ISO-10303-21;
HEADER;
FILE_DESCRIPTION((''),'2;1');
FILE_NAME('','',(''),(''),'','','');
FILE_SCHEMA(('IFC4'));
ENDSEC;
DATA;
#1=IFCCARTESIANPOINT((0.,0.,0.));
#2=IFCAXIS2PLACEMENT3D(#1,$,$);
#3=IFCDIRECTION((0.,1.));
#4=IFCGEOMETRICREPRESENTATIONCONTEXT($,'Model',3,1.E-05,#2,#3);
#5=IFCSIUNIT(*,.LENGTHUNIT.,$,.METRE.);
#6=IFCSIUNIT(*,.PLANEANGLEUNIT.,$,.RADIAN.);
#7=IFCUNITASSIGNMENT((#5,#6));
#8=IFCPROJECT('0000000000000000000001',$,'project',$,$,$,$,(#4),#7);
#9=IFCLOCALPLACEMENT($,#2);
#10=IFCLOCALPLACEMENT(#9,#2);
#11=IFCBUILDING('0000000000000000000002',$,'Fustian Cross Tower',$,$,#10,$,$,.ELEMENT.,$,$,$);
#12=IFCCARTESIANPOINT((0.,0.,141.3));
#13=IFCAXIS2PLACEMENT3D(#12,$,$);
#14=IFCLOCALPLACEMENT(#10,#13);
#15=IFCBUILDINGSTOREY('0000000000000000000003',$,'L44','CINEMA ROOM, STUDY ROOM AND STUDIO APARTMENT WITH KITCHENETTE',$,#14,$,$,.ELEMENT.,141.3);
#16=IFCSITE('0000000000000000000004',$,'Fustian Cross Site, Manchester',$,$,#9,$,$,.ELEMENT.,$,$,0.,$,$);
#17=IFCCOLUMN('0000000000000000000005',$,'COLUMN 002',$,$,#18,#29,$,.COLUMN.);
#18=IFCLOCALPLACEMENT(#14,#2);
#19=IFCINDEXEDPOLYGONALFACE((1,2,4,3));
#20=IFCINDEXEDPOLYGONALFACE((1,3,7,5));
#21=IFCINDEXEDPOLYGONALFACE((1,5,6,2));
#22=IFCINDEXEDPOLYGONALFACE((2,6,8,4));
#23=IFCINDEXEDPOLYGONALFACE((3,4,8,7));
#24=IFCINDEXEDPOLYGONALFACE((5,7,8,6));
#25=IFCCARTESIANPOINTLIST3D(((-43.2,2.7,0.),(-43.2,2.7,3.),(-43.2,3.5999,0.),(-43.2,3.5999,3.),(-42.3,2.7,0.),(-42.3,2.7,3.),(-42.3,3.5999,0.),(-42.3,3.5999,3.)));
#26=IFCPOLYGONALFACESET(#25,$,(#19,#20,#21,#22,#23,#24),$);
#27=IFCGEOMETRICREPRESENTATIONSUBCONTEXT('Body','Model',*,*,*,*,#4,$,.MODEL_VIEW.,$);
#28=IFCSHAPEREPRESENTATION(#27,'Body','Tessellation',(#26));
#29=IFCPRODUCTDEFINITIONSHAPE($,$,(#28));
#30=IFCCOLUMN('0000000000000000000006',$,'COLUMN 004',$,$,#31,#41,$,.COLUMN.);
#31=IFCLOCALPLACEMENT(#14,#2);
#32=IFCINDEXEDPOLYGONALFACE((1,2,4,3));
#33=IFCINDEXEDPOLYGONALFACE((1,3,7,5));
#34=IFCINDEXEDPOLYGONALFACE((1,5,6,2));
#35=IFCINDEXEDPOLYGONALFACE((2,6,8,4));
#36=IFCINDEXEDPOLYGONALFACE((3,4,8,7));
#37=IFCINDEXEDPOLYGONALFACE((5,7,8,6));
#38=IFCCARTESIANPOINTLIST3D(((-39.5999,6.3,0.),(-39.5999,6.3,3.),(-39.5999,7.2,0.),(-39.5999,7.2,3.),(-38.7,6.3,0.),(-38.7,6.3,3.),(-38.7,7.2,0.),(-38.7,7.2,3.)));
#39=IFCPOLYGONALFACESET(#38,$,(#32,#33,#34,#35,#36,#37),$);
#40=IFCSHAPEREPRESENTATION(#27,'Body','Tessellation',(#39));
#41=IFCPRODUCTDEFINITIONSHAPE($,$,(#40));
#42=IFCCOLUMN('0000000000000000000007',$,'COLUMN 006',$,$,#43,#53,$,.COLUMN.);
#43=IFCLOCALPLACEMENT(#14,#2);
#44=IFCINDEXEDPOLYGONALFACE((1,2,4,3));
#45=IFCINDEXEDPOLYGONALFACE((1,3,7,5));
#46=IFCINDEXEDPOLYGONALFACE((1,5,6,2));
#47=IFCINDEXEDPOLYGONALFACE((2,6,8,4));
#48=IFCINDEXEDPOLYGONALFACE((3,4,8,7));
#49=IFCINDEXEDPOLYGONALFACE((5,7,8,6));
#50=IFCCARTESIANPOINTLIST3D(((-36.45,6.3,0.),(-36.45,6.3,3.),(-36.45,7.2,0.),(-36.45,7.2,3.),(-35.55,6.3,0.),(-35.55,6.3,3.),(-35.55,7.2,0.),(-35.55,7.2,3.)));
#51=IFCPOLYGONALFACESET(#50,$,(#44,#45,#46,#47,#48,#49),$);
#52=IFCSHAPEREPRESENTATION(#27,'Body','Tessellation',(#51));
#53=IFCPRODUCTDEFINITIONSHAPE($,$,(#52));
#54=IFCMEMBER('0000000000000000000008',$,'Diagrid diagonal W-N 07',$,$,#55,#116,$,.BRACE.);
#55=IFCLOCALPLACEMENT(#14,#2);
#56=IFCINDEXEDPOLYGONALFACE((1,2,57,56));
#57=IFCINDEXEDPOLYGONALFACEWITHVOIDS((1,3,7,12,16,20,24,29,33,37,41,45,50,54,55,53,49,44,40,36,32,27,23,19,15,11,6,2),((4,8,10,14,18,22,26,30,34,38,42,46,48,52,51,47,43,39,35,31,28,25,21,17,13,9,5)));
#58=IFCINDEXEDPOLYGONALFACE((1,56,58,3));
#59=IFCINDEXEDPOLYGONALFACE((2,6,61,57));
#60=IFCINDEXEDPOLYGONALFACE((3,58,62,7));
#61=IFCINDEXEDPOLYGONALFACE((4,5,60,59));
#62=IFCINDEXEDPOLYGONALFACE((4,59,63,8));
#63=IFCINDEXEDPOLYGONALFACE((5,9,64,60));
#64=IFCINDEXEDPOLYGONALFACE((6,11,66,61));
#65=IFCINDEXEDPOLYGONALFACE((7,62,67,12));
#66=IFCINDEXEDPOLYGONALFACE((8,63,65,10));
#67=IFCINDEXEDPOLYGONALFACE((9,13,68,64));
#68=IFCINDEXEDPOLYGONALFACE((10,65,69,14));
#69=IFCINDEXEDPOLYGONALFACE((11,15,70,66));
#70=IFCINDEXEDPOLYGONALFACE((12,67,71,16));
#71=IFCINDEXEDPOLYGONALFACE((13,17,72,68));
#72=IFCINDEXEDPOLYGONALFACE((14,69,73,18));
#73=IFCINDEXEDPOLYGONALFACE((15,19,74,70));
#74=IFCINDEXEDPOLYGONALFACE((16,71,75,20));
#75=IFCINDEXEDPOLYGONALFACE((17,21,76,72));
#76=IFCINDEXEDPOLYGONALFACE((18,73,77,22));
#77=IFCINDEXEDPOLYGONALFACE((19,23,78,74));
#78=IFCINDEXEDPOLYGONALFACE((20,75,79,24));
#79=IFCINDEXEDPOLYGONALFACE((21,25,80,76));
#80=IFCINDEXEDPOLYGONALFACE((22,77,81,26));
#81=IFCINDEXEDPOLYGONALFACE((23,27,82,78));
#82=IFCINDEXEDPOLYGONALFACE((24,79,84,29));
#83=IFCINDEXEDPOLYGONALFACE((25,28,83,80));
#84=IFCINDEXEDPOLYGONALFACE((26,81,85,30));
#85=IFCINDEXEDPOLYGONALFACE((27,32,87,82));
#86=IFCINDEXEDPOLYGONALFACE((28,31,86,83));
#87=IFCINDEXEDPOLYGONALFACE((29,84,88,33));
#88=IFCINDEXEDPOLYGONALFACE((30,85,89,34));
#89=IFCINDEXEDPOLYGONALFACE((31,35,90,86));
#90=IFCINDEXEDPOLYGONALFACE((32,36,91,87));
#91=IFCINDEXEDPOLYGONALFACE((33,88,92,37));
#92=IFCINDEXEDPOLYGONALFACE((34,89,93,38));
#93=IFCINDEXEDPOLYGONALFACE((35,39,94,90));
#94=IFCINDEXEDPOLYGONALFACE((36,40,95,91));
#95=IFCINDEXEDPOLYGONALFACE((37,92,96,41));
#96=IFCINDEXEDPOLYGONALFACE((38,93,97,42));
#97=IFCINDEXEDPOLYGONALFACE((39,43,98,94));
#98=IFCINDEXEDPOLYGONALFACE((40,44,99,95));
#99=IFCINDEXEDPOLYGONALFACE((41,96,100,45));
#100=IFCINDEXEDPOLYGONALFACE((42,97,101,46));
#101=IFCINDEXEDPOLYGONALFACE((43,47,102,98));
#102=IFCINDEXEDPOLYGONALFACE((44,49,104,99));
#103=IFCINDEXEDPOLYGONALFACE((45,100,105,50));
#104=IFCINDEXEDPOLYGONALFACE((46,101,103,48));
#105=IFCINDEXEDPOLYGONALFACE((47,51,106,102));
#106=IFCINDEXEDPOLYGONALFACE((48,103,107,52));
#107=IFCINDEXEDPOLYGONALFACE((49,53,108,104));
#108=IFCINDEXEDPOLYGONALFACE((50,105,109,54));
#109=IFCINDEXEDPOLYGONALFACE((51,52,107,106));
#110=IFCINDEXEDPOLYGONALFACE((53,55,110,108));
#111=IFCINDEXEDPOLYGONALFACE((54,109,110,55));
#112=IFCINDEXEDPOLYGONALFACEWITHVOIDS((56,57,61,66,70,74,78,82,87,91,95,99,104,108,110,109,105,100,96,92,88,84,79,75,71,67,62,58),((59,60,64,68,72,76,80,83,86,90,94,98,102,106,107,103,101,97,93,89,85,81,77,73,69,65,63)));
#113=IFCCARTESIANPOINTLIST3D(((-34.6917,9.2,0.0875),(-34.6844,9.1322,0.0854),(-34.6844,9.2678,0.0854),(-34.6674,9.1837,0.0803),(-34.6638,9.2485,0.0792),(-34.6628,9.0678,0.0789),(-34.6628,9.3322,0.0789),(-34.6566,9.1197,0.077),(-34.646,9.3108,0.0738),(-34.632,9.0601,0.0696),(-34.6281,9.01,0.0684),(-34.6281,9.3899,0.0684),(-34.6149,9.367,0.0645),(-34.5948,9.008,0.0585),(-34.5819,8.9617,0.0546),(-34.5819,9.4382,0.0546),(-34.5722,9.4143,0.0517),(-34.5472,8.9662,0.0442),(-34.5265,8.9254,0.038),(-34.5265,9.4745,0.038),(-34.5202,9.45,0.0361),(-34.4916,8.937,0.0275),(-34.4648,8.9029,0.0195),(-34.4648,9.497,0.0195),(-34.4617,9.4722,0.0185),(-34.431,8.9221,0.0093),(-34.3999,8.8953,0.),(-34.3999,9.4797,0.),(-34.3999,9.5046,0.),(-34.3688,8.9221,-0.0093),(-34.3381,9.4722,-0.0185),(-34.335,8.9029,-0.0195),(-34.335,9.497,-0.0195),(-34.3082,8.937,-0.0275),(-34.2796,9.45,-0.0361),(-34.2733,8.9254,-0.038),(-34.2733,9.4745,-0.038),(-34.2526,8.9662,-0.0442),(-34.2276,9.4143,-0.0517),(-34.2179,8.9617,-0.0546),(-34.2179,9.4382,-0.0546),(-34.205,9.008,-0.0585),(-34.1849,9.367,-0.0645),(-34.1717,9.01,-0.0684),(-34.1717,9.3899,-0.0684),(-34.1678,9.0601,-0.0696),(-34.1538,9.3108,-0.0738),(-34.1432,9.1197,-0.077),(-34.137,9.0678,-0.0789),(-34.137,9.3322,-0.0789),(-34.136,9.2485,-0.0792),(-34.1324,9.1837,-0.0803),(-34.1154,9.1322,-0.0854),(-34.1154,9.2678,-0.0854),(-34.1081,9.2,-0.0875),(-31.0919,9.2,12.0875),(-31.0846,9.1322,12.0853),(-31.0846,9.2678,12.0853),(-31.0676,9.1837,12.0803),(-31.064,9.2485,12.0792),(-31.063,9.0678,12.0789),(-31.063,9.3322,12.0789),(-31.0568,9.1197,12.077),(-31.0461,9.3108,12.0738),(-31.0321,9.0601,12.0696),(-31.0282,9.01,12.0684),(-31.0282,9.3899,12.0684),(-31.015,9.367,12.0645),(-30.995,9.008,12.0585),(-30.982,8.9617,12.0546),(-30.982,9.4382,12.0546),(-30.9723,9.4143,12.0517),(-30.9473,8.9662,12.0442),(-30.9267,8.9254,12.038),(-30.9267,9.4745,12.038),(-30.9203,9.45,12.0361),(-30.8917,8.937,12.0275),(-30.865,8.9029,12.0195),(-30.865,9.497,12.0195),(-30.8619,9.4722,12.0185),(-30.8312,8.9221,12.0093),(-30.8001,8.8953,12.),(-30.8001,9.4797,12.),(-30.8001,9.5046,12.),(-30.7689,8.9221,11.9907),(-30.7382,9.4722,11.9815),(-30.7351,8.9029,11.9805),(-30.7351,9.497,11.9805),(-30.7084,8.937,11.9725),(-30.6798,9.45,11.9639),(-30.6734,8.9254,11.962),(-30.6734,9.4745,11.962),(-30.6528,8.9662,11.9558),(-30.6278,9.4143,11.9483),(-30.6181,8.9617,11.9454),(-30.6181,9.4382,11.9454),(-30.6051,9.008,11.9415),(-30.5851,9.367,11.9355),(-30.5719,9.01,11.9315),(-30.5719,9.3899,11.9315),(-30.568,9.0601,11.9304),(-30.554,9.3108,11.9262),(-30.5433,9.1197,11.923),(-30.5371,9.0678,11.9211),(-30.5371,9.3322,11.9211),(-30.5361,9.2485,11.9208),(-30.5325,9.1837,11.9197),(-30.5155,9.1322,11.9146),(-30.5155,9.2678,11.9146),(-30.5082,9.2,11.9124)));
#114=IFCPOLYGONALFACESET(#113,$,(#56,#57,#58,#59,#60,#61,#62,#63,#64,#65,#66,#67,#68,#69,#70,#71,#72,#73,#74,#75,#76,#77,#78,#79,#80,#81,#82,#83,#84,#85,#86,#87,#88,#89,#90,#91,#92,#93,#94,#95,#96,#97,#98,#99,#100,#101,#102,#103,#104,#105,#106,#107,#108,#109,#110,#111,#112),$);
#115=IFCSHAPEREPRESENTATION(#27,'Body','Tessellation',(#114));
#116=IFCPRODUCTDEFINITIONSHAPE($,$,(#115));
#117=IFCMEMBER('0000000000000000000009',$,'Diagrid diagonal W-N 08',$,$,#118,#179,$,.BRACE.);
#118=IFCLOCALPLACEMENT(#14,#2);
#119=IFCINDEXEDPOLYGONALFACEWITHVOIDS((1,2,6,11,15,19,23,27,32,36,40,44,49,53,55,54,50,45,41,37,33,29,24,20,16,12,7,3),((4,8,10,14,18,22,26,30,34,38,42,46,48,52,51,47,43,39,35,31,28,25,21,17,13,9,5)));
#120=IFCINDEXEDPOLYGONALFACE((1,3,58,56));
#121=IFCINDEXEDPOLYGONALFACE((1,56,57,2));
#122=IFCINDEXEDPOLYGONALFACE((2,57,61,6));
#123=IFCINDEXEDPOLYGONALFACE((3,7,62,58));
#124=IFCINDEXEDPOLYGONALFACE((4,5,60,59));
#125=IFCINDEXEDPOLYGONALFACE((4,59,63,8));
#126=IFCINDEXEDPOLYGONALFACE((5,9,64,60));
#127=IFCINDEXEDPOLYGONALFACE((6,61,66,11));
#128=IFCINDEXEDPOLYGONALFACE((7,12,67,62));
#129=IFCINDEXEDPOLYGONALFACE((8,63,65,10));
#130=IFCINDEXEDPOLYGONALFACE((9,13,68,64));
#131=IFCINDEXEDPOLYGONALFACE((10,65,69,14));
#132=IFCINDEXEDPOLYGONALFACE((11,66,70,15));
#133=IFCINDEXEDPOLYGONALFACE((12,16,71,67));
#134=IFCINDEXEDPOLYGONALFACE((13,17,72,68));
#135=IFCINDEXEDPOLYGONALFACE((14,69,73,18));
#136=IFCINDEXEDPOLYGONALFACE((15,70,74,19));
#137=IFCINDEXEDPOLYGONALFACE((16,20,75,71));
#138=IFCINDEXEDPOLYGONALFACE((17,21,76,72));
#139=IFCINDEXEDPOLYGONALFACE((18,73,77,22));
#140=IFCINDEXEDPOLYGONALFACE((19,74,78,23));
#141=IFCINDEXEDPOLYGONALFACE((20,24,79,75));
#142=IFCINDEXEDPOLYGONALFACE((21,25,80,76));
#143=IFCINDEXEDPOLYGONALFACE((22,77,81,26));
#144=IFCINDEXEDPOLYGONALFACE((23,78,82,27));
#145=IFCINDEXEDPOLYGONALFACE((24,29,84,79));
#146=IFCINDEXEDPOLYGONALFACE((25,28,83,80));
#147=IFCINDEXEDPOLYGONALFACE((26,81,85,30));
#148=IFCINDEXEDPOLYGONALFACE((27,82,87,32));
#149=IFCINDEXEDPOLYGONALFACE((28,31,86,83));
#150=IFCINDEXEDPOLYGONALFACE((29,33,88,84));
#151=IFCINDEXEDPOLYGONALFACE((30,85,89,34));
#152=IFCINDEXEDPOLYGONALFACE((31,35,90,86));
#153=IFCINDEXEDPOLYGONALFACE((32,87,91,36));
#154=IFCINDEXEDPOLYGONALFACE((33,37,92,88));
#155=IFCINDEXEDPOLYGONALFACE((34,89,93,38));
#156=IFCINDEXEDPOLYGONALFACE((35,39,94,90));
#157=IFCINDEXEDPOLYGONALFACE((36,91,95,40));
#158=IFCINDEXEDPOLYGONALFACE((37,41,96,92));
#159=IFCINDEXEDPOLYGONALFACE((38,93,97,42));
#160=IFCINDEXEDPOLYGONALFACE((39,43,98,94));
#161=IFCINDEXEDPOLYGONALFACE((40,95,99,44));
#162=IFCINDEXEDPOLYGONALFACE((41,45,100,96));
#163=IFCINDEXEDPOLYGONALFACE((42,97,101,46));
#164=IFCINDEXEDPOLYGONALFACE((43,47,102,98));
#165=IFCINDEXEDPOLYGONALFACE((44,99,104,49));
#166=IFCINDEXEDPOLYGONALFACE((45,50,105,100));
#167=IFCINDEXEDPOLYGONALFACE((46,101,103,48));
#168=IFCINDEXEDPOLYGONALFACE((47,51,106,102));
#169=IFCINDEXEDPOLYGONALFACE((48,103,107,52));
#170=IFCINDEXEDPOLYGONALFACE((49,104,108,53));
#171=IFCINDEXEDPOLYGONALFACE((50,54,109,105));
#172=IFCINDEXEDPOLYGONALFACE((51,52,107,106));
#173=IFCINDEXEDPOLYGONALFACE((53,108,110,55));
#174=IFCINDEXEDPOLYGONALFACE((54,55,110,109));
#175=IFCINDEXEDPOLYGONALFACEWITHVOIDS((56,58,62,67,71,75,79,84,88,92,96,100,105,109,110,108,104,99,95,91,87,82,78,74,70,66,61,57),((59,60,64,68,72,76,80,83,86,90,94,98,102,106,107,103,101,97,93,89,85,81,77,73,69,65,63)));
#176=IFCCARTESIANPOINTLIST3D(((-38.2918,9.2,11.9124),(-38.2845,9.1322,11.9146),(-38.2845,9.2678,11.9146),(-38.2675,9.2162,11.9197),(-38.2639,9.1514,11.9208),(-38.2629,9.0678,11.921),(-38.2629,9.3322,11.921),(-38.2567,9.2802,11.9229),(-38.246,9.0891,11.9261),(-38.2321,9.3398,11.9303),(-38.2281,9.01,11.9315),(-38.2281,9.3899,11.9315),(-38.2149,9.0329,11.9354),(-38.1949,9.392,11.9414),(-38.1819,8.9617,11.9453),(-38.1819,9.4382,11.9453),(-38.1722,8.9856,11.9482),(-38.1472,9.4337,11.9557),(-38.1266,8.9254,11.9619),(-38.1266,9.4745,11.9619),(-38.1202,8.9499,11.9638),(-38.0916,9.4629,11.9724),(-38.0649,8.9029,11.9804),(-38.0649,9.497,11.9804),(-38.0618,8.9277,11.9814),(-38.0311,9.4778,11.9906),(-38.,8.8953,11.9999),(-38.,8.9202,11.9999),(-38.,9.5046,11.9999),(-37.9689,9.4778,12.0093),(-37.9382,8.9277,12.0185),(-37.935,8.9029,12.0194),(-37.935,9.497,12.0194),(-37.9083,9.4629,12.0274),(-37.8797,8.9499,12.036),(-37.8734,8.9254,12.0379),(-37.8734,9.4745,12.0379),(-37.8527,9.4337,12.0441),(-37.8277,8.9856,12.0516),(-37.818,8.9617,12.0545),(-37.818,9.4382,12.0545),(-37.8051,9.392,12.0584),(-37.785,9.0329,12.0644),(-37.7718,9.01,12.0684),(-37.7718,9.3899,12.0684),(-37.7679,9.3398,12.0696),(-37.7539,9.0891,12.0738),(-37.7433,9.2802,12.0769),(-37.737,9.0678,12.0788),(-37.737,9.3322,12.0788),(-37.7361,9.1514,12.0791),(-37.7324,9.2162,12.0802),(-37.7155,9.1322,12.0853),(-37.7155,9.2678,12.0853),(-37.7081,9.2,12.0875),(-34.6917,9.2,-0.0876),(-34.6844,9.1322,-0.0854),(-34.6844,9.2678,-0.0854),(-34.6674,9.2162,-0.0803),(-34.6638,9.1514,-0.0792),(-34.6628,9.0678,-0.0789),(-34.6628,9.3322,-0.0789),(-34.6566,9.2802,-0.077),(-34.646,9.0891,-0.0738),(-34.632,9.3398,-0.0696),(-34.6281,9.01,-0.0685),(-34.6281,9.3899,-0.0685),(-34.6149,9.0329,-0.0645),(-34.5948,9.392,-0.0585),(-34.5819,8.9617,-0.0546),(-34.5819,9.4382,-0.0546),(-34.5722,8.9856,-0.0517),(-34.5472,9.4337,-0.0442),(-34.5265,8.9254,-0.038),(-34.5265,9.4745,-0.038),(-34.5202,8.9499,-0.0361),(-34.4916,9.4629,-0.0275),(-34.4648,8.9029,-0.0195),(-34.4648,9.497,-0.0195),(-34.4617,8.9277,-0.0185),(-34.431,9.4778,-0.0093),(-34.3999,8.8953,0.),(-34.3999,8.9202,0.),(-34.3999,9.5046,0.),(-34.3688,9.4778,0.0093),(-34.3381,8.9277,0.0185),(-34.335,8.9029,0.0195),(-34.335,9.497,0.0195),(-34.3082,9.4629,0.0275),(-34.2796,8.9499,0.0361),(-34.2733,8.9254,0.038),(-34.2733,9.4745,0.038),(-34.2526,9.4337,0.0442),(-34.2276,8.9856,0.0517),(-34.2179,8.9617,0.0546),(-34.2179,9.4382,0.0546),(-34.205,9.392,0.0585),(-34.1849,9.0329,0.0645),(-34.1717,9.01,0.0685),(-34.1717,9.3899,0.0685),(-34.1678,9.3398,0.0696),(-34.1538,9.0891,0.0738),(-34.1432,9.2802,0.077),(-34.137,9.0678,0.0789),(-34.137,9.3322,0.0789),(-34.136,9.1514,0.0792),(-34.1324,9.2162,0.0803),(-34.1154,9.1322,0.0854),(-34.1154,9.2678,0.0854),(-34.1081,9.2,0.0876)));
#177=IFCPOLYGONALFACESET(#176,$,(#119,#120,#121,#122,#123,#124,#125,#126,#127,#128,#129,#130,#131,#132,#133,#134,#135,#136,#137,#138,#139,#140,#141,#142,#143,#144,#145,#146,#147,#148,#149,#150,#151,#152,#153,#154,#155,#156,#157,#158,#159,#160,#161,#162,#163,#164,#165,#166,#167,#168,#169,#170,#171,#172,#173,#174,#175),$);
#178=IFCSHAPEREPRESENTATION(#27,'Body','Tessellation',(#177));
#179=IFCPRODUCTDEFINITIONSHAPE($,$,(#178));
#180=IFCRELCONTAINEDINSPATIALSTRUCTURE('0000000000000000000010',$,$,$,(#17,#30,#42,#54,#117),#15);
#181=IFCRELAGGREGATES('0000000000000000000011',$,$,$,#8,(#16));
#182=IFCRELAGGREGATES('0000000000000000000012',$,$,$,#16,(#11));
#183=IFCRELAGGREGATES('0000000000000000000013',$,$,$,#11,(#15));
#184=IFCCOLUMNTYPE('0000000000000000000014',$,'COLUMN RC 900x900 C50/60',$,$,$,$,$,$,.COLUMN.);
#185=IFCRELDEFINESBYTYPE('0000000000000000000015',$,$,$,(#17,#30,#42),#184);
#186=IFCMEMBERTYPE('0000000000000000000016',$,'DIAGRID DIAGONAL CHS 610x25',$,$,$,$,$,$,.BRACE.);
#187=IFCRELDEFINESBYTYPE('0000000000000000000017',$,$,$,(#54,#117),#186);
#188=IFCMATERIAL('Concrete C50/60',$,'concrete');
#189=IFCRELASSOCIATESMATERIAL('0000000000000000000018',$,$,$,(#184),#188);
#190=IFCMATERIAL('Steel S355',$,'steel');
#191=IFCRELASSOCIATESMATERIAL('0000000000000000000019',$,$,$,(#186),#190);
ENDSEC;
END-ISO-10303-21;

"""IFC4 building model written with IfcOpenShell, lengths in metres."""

from ifc_helpers import new_model, si_unit, direction, frame, origin, origin_2d, place, context, subcontext, project, spatial, rectangle, hollow_circle, extrude, material, material_profile, profile_set, type_object, element, save


model = new_model("IFC4")

# Units and contexts
model_context = context("Model", 3, precision=1e-05, world=origin(), true_north=direction((0.0, 1.0)))
body_context = subcontext(model_context, "Body", "Model", "MODEL_VIEW")
ifc_project = project(units=[si_unit("LENGTHUNIT", "METRE"), si_unit("PLANEANGLEUNIT", "RADIAN")], contexts=[model_context])

# Site, building, storey
site_placement = place(None, origin())
site = spatial("IfcSite", under=ifc_project, at=site_placement, Name="Fustian Cross Site, Manchester", CompositionType="ELEMENT", RefElevation=0.0)
building_placement = place(site_placement, origin())
building = spatial("IfcBuilding", under=site, at=building_placement, Name="Fustian Cross Tower", CompositionType="ELEMENT")
storey_placement = place(building_placement, frame((0.0, 0.0, 141.3)))
storey = spatial("IfcBuildingStorey", under=building, at=storey_placement, Name="L44", Description="CINEMA ROOM, STUDY ROOM AND STUDIO APARTMENT WITH KITCHENETTE", CompositionType="ELEMENT", Elevation=141.3)

# Columns
ifc_material_1 = material(Name="Concrete C50/60", Category="concrete")
ifc_material_profile_1 = material_profile(ifc_material_1, rectangle(XDim=0.8999, YDim=0.8999, at=origin_2d()), Name="RC 900x900")
ifc_profile_set_1 = profile_set([ifc_material_profile_1], Name="Concrete C50/60")
column_type = type_object("IfcColumnType", Name="COLUMN RC 900x900 C50/60", PredefinedType="COLUMN", material=ifc_profile_set_1)
for number, where, z_axis, x_axis, name in (
    (1, (-42.75, 3.1499, 0.0), (0.0, 0.0, 1.0), (1.0, 0.0, 0.0), "COLUMN 002"),
    (2, (-39.1499, 6.75, 0.0), (0.0, 0.0, 1.0), (1.0, 0.0, 0.0), "COLUMN 004"),
    (3, (-36.0, 6.75, 0.0), (0.0, 0.0, 1.0), (1.0, 0.0, 0.0), "COLUMN 006"),
):
    element("IfcColumn", number, at=place(storey_placement, frame(where, z_axis=z_axis, x_axis=x_axis)), inside=storey, type_object=column_type, Name=name, PredefinedType="COLUMN", context=body_context, shape_type="SweptSolid", body=[
        extrude(rectangle(XDim=0.8999, YDim=0.8999, at=origin_2d()), origin(), (0.0, 0.0, 1.0), 3.0),
    ])

# Members
ifc_material_2 = material(Name="Steel S355", Category="steel")
ifc_material_profile_2 = material_profile(ifc_material_2, hollow_circle(Radius=0.3047, WallThickness=0.0249, at=origin_2d()), Name="CHS 610x25")
ifc_profile_set_2 = profile_set([ifc_material_profile_2], Name="Steel S355")
member_type_1 = type_object("IfcMemberType", Name="DIAGRID DIAGONAL CHS 610x25", PredefinedType="BRACE", material=ifc_profile_set_2)
for number, where, z_axis, x_axis, name in (
    (4, (-34.3999, 9.2, 0.0), (0.287337, 0.0, 0.95783), (0.0, 1.0, 0.0), "Diagrid diagonal W-N 07"),
    (5, (-34.3999, 9.2, 0.0), (-0.287355, 0.0, 0.957824), (0.0, -1.0, 0.0), "Diagrid diagonal W-N 08"),
):
    element("IfcMember", number, at=place(storey_placement, frame(where, z_axis=z_axis, x_axis=x_axis)), inside=storey, type_object=member_type_1, Name=name, PredefinedType="BRACE", context=body_context, shape_type="SweptSolid", body=[
        extrude(hollow_circle(Radius=0.3047, WallThickness=0.0249, at=origin_2d()), origin(), (0.0, 0.0, 1.0), 12.5283),
    ])

save(model, "model.ifc")
